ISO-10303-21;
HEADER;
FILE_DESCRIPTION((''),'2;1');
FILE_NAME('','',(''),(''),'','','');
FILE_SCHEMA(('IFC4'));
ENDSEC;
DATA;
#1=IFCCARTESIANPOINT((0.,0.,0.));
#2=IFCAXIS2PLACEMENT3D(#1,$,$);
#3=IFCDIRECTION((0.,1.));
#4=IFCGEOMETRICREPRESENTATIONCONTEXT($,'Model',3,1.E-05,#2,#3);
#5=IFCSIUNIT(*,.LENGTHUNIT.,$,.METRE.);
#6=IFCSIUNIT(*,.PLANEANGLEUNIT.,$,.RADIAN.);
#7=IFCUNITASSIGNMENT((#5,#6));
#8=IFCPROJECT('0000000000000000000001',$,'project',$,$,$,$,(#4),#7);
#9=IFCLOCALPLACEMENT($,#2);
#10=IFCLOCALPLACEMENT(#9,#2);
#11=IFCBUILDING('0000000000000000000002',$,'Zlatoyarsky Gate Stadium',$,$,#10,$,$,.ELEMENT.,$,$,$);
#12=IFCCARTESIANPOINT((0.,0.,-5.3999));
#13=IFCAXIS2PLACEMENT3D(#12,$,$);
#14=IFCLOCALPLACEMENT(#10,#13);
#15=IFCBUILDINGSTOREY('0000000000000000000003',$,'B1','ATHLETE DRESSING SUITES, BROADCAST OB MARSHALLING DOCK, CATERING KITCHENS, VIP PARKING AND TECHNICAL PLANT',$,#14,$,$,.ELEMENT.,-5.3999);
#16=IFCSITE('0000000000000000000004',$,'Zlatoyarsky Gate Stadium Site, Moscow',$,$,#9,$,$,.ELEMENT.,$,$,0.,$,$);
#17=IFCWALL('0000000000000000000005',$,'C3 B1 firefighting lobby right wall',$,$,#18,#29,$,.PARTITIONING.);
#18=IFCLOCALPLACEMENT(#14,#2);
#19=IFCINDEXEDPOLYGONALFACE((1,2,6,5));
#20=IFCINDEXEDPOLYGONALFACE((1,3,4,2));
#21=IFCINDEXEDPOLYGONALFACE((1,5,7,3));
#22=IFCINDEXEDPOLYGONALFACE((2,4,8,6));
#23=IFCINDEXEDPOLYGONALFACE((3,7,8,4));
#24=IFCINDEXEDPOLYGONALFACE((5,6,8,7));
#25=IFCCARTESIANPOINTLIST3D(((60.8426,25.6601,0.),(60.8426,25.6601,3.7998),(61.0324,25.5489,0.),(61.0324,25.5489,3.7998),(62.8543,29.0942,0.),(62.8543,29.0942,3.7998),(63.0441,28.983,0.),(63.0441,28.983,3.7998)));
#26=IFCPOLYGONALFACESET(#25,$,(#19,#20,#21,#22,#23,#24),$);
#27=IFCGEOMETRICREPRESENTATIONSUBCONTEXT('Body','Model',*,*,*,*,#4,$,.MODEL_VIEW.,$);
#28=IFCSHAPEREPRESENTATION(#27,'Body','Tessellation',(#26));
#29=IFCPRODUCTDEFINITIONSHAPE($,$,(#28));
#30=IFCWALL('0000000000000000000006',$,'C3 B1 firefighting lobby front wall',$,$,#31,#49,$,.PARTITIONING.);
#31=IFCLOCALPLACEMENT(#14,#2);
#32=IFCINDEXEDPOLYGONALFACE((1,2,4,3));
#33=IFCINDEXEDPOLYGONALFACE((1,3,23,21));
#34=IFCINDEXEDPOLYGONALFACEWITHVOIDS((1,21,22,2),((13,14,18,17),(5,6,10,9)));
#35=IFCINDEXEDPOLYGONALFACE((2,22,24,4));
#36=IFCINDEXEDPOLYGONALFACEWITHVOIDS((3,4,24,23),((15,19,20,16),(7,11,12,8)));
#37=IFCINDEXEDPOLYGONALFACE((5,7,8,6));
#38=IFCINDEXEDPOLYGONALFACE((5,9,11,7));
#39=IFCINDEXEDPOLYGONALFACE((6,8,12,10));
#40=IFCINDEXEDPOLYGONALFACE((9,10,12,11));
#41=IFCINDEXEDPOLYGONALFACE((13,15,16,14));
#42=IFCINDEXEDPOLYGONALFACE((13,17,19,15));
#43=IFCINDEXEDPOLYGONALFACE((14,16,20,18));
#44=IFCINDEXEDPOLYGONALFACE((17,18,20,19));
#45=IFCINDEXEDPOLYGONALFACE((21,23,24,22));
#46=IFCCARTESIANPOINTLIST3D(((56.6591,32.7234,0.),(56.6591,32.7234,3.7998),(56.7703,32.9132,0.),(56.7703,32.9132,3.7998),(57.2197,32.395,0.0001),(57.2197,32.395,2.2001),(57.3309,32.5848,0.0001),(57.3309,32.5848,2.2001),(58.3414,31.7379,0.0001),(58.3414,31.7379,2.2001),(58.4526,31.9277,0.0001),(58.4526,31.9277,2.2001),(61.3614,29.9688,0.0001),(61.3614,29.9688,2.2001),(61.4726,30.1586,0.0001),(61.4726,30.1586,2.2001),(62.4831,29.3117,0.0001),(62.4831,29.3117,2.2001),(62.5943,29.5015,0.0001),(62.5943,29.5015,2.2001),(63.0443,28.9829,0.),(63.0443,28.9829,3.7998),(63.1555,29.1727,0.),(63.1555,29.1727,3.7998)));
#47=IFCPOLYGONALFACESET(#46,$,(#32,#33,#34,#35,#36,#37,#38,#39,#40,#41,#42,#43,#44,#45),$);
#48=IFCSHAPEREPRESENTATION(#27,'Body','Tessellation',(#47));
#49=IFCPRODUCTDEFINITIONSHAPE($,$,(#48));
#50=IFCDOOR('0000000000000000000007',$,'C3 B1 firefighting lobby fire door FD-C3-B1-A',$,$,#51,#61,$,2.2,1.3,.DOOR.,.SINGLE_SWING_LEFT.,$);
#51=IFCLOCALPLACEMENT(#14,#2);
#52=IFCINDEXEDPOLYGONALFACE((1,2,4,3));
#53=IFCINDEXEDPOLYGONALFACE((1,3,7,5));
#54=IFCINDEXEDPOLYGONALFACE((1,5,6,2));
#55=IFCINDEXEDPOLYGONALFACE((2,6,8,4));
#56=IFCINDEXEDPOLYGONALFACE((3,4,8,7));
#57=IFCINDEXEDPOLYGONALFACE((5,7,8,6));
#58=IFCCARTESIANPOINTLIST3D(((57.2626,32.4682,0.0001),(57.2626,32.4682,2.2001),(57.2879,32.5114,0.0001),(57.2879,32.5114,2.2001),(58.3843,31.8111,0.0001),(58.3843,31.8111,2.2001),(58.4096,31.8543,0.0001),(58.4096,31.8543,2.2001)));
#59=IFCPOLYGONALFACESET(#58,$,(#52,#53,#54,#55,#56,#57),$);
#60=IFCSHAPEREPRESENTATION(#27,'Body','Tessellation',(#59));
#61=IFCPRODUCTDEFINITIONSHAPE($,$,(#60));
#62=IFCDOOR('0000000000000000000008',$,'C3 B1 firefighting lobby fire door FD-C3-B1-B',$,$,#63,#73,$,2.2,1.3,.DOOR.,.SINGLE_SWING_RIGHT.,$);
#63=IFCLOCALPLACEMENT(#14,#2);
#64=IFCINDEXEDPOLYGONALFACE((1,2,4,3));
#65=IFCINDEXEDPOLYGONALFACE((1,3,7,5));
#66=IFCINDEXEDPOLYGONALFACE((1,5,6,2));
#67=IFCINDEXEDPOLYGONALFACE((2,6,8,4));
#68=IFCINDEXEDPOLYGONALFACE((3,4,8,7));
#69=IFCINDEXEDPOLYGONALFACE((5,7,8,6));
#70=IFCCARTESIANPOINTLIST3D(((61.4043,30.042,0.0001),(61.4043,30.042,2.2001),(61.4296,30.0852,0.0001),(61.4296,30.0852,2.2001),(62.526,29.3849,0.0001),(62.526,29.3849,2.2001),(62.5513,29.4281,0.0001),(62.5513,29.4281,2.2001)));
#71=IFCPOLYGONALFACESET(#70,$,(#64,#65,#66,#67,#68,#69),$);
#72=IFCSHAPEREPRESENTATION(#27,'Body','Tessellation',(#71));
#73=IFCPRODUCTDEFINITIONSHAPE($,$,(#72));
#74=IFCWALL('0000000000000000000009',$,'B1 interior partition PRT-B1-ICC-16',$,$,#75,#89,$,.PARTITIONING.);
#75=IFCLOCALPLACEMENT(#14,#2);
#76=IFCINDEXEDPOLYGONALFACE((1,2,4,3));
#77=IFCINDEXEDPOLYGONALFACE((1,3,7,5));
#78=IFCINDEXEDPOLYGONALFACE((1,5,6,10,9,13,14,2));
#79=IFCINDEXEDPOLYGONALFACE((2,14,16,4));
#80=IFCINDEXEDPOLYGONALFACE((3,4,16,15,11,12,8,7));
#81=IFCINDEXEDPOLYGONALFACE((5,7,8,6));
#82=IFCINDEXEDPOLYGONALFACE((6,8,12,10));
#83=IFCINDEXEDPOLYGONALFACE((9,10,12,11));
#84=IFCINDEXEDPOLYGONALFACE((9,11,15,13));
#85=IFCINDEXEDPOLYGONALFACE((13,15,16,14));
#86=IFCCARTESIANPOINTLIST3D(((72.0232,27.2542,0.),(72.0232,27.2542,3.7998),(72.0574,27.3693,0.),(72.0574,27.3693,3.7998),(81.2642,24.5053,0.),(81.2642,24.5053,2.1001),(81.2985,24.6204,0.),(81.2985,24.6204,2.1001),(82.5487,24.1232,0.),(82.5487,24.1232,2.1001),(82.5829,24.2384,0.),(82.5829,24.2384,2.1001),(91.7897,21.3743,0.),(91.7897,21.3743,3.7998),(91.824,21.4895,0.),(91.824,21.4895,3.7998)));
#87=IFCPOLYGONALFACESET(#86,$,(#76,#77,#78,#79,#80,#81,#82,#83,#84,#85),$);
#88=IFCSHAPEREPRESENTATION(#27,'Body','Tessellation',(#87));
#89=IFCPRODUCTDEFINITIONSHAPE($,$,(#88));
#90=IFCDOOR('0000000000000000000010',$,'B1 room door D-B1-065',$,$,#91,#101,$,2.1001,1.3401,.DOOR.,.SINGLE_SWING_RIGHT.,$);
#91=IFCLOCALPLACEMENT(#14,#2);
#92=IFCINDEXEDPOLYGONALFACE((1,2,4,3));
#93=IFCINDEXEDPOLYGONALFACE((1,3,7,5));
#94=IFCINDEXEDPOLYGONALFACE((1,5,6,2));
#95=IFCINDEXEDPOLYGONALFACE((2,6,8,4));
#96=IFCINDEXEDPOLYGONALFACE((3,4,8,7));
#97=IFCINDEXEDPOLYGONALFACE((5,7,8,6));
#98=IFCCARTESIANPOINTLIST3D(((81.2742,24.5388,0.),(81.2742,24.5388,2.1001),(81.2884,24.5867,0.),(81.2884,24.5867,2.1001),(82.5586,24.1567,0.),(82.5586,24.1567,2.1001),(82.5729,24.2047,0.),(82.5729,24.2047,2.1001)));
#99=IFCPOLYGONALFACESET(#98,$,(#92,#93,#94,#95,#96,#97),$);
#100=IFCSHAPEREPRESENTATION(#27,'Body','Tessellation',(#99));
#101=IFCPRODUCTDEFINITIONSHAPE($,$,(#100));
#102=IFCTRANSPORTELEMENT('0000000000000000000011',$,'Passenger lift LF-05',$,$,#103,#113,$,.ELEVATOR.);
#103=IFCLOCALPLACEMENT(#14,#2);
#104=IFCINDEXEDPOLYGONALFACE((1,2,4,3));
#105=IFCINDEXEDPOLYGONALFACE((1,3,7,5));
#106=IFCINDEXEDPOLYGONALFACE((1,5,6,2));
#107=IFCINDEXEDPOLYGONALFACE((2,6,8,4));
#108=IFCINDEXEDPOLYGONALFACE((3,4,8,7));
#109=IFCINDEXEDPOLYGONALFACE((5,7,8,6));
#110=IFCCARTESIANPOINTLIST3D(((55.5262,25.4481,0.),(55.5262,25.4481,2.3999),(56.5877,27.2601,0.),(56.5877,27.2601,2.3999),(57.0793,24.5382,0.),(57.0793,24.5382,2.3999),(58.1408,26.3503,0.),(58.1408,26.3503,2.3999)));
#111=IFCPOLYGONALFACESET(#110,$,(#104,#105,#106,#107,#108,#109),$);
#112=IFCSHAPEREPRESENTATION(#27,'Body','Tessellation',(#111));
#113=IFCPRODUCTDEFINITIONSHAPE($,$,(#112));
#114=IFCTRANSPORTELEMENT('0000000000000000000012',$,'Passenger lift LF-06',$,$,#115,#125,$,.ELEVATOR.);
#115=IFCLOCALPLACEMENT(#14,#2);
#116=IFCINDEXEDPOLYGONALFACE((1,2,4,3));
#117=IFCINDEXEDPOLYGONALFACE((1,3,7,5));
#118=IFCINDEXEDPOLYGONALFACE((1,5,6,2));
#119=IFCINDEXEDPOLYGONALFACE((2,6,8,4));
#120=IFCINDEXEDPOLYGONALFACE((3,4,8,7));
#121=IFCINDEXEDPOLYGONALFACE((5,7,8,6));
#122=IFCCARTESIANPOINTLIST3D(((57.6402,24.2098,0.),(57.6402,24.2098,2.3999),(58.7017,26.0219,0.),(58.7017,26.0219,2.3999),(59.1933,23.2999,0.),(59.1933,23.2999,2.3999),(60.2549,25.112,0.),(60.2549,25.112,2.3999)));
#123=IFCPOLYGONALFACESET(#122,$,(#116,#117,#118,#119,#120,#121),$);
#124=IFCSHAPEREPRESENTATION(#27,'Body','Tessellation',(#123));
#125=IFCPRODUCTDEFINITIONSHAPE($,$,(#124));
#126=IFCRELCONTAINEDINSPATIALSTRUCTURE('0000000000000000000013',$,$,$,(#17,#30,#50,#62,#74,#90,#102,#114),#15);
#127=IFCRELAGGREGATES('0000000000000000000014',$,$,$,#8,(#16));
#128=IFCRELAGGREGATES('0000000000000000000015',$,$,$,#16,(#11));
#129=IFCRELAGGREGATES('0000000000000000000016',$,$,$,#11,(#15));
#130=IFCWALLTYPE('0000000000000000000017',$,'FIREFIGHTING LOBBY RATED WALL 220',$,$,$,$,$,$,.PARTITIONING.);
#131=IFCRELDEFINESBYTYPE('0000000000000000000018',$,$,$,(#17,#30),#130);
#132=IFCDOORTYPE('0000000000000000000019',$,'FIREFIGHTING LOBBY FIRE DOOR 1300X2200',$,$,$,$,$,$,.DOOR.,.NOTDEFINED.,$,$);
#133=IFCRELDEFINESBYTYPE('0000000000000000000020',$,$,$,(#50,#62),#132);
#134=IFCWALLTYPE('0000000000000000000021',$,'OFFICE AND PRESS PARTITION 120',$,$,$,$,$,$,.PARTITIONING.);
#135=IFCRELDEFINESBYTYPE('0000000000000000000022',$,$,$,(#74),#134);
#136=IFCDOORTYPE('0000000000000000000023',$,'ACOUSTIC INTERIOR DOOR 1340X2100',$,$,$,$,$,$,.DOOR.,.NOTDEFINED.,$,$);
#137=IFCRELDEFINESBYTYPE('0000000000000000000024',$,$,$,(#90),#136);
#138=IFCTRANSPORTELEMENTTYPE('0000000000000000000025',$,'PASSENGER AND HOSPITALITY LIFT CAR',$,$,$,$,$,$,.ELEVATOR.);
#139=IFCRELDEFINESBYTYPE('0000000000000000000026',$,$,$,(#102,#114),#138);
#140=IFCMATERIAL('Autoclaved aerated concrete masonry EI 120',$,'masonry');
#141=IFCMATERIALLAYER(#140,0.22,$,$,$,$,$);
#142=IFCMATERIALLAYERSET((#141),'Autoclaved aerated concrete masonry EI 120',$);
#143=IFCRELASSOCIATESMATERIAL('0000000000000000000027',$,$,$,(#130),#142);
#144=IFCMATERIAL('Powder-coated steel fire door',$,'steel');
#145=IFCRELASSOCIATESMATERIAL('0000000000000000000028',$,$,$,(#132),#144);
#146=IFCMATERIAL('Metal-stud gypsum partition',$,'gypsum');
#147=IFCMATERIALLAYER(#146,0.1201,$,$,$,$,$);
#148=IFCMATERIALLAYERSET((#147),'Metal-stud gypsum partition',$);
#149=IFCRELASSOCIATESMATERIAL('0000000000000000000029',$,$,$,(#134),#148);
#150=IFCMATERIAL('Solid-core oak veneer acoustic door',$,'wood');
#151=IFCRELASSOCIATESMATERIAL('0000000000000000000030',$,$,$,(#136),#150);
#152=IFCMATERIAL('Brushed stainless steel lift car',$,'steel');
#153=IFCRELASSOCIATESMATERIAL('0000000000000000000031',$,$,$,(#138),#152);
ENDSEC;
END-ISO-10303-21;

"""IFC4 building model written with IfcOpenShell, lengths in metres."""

from ifc_helpers import new_model, si_unit, direction, frame, frame_2d, origin, origin_2d, place, context, subcontext, project, spatial, rectangle, extrude, material, layer, layer_set, type_object, element, fill, save


model = new_model("IFC4")

# Units and contexts
model_context = context("Model", 3, precision=1e-05, world=origin(), true_north=direction((0.0, 1.0)))
body_context = subcontext(model_context, "Body", "Model", "MODEL_VIEW")
ifc_project = project(units=[si_unit("LENGTHUNIT", "METRE"), si_unit("PLANEANGLEUNIT", "RADIAN")], contexts=[model_context])

# Site, building, storey
site_placement = place(None, origin())
site = spatial("IfcSite", under=ifc_project, at=site_placement, Name="Zlatoyarsky Gate Stadium Site, Moscow", CompositionType="ELEMENT", RefElevation=0.0)
building_placement = place(site_placement, origin())
building = spatial("IfcBuilding", under=site, at=building_placement, Name="Zlatoyarsky Gate Stadium", CompositionType="ELEMENT")
storey_placement = place(building_placement, frame((0.0, 0.0, -5.3999)))
storey = spatial("IfcBuildingStorey", under=building, at=storey_placement, Name="B1", Description="ATHLETE DRESSING SUITES, BROADCAST OB MARSHALLING DOCK, CATERING KITCHENS, VIP PARKING AND TECHNICAL PLANT", CompositionType="ELEMENT", Elevation=-5.3999)

# Shared definitions
ifc_material_1 = material(Name="Powder-coated steel fire door", Category="steel")

# Wall
ifc_material_2 = material(Name="Autoclaved aerated concrete masonry EI 120", Category="masonry")
ifc_layer_1 = layer(ifc_material_2, 0.22)
ifc_layer_set_1 = layer_set([ifc_layer_1], Name="Autoclaved aerated concrete masonry EI 120")
wall_type_1 = type_object("IfcWallType", Name="FIREFIGHTING LOBBY RATED WALL 220", PredefinedType="PARTITIONING", material=ifc_layer_set_1)
wall_1_placement = place(storey_placement, frame((60.9375, 25.6045, 0.0), z_axis=(0.0, 0.0, 1.0), x_axis=(0.505464, 0.862847, 0.0)))
element("IfcWall", 1, at=wall_1_placement, inside=storey, type_object=wall_type_1, Name="C3 B1 firefighting lobby right wall", PredefinedType="PARTITIONING", context=body_context, shape_type="SweptSolid", body=[
    extrude(rectangle(XDim=3.98, YDim=0.22, at=frame_2d((1.99, 0.0))), origin(), (0.0, 0.0, 1.0), 3.7998),
])

# Wall, openings, doors
wall_2_placement = place(storey_placement, frame((56.7146, 32.8184, 0.0), z_axis=(0.0, 0.0, 1.0), x_axis=(0.862851, -0.505458, 0.0)))
wall_2 = element("IfcWall", 2, at=wall_2_placement, inside=storey, type_object=wall_type_1, Name="C3 B1 firefighting lobby front wall", PredefinedType="PARTITIONING", context=body_context, shape_type="SweptSolid", body=[
    extrude(rectangle(XDim=7.4001, YDim=0.22, at=frame_2d((3.7002, 0.0))), origin(), (0.0, 0.0, 1.0), 3.7998),
])
opening_1_placement = place(wall_2_placement, frame((0.6499, 0.0, 0.0)))
opening_1 = element("IfcOpeningElement", 3, at=opening_1_placement, cuts=wall_2, PredefinedType="OPENING", context=body_context, shape_type="SweptSolid", body=[
    extrude(rectangle(XDim=1.3, YDim=2.2, at=frame_2d((0.6499, 1.1001))), frame((0.0, 0.1199, 0.0), z_axis=(0.0, -1.0, 0.0), x_axis=(1.0, 0.0, 0.0)), (0.0, 0.0, 1.0), 0.24),
])
opening_2_placement = place(wall_2_placement, frame((5.45, 0.0, 0.0)))
opening_2 = element("IfcOpeningElement", 4, at=opening_2_placement, cuts=wall_2, PredefinedType="OPENING", context=body_context, shape_type="SweptSolid", body=[
    extrude(rectangle(XDim=1.3, YDim=2.2, at=frame_2d((0.6499, 1.1001))), frame((0.0, 0.1199, 0.0), z_axis=(0.0, -1.0, 0.0), x_axis=(1.0, 0.0, 0.0)), (0.0, 0.0, 1.0), 0.24),
])
door_type_1 = type_object("IfcDoorType", Name="FIREFIGHTING LOBBY FIRE DOOR 1300X2200", OperationType="NOTDEFINED", PredefinedType="DOOR", material=ifc_material_1)
door_1_placement = place(opening_1_placement, origin())
door_1 = element("IfcDoor", 5, at=door_1_placement, inside=storey, type_object=door_type_1, Name="C3 B1 firefighting lobby fire door FD-C3-B1-A", OperationType="SINGLE_SWING_LEFT", OverallHeight=2.2, OverallWidth=1.3, PredefinedType="DOOR", context=body_context, shape_type="SweptSolid", body=[
    extrude(rectangle(XDim=1.3, YDim=2.2, at=frame_2d((0.6499, 1.1001))), frame((0.0, 0.0249, 0.0), z_axis=(0.0, -1.0, 0.0), x_axis=(1.0, 0.0, 0.0)), (0.0, 0.0, 1.0), 0.05),
])
fill(opening_1, door_1)
door_2_placement = place(opening_2_placement, origin())
door_2 = element("IfcDoor", 6, at=door_2_placement, inside=storey, type_object=door_type_1, Name="C3 B1 firefighting lobby fire door FD-C3-B1-B", OperationType="SINGLE_SWING_RIGHT", OverallHeight=2.2, OverallWidth=1.3, PredefinedType="DOOR", context=body_context, shape_type="SweptSolid", body=[
    extrude(rectangle(XDim=1.3, YDim=2.2, at=frame_2d((0.6499, 1.1001))), frame((0.0, 0.0249, 0.0), z_axis=(0.0, -1.0, 0.0), x_axis=(1.0, 0.0, 0.0)), (0.0, 0.0, 1.0), 0.05),
])
fill(opening_2, door_2)

# Wall, opening, door
ifc_material_3 = material(Name="Metal-stud gypsum partition", Category="gypsum")
ifc_layer_2 = layer(ifc_material_3, 0.1201)
ifc_layer_set_2 = layer_set([ifc_layer_2], Name="Metal-stud gypsum partition")
wall_type_2 = type_object("IfcWallType", Name="OFFICE AND PRESS PARTITION 120", PredefinedType="PARTITIONING", material=ifc_layer_set_2)
wall_3_placement = place(storey_placement, frame((72.0403, 27.3118, 0.0), z_axis=(0.0, 0.0, 1.0), x_axis=(0.958492, -0.285118, 0.0)))
wall_3 = element("IfcWall", 7, at=wall_3_placement, inside=storey, type_object=wall_type_2, Name="B1 interior partition PRT-B1-ICC-16", PredefinedType="PARTITIONING", context=body_context, shape_type="SweptSolid", body=[
    extrude(rectangle(XDim=20.6226, YDim=0.1201, at=frame_2d((10.3113, 0.0))), origin(), (0.0, 0.0, 1.0), 3.7998),
])
opening_3_placement = place(wall_3_placement, frame((9.6414, 0.0, 0.0)))
opening_3 = element("IfcOpeningElement", 8, at=opening_3_placement, cuts=wall_3, PredefinedType="OPENING", context=body_context, shape_type="SweptSolid", body=[
    extrude(rectangle(XDim=1.3401, YDim=2.1001, at=frame_2d((0.6699, 1.05))), frame((0.0, 0.0701, 0.0), z_axis=(0.0, -1.0, 0.0), x_axis=(1.0, 0.0, 0.0)), (0.0, 0.0, 1.0), 0.1401),
])
ifc_material_4 = material(Name="Solid-core oak veneer acoustic door", Category="wood")
door_type_2 = type_object("IfcDoorType", Name="ACOUSTIC INTERIOR DOOR 1340X2100", OperationType="NOTDEFINED", PredefinedType="DOOR", material=ifc_material_4)
door_3_placement = place(opening_3_placement, origin())
door_3 = element("IfcDoor", 9, at=door_3_placement, inside=storey, type_object=door_type_2, Name="B1 room door D-B1-065", OperationType="SINGLE_SWING_RIGHT", OverallHeight=2.1001, OverallWidth=1.3401, PredefinedType="DOOR", context=body_context, shape_type="SweptSolid", body=[
    extrude(rectangle(XDim=1.3401, YDim=2.1001, at=frame_2d((0.6699, 1.05))), frame((0.0, 0.0249, 0.0), z_axis=(0.0, -1.0, 0.0), x_axis=(1.0, 0.0, 0.0)), (0.0, 0.0, 1.0), 0.05),
])
fill(opening_3, door_3)

# Transport elements
ifc_material_5 = material(Name="Brushed stainless steel lift car", Category="steel")
transport_element_type = type_object("IfcTransportElementType", Name="PASSENGER AND HOSPITALITY LIFT CAR", PredefinedType="ELEVATOR", material=ifc_material_5)
for number, where, z_axis, x_axis, name in (
    (10, (56.8335, 25.8992, 0.0), (0.0, 0.0, 1.0), (0.862848, -0.505463, 0.0), "Passenger lift LF-05"),
    (11, (58.9475, 24.6609, 0.0), (0.0, 0.0, 1.0), (0.862848, -0.505463, 0.0), "Passenger lift LF-06"),
):
    element("IfcTransportElement", number, at=place(storey_placement, frame(where, z_axis=z_axis, x_axis=x_axis)), inside=storey, type_object=transport_element_type, Name=name, PredefinedType="ELEVATOR", context=body_context, shape_type="SweptSolid", body=[
        extrude(rectangle(XDim=1.8, YDim=2.1001, at=origin_2d()), origin(), (0.0, 0.0, 1.0), 2.3999),
    ])

save(model, "model.ifc")
